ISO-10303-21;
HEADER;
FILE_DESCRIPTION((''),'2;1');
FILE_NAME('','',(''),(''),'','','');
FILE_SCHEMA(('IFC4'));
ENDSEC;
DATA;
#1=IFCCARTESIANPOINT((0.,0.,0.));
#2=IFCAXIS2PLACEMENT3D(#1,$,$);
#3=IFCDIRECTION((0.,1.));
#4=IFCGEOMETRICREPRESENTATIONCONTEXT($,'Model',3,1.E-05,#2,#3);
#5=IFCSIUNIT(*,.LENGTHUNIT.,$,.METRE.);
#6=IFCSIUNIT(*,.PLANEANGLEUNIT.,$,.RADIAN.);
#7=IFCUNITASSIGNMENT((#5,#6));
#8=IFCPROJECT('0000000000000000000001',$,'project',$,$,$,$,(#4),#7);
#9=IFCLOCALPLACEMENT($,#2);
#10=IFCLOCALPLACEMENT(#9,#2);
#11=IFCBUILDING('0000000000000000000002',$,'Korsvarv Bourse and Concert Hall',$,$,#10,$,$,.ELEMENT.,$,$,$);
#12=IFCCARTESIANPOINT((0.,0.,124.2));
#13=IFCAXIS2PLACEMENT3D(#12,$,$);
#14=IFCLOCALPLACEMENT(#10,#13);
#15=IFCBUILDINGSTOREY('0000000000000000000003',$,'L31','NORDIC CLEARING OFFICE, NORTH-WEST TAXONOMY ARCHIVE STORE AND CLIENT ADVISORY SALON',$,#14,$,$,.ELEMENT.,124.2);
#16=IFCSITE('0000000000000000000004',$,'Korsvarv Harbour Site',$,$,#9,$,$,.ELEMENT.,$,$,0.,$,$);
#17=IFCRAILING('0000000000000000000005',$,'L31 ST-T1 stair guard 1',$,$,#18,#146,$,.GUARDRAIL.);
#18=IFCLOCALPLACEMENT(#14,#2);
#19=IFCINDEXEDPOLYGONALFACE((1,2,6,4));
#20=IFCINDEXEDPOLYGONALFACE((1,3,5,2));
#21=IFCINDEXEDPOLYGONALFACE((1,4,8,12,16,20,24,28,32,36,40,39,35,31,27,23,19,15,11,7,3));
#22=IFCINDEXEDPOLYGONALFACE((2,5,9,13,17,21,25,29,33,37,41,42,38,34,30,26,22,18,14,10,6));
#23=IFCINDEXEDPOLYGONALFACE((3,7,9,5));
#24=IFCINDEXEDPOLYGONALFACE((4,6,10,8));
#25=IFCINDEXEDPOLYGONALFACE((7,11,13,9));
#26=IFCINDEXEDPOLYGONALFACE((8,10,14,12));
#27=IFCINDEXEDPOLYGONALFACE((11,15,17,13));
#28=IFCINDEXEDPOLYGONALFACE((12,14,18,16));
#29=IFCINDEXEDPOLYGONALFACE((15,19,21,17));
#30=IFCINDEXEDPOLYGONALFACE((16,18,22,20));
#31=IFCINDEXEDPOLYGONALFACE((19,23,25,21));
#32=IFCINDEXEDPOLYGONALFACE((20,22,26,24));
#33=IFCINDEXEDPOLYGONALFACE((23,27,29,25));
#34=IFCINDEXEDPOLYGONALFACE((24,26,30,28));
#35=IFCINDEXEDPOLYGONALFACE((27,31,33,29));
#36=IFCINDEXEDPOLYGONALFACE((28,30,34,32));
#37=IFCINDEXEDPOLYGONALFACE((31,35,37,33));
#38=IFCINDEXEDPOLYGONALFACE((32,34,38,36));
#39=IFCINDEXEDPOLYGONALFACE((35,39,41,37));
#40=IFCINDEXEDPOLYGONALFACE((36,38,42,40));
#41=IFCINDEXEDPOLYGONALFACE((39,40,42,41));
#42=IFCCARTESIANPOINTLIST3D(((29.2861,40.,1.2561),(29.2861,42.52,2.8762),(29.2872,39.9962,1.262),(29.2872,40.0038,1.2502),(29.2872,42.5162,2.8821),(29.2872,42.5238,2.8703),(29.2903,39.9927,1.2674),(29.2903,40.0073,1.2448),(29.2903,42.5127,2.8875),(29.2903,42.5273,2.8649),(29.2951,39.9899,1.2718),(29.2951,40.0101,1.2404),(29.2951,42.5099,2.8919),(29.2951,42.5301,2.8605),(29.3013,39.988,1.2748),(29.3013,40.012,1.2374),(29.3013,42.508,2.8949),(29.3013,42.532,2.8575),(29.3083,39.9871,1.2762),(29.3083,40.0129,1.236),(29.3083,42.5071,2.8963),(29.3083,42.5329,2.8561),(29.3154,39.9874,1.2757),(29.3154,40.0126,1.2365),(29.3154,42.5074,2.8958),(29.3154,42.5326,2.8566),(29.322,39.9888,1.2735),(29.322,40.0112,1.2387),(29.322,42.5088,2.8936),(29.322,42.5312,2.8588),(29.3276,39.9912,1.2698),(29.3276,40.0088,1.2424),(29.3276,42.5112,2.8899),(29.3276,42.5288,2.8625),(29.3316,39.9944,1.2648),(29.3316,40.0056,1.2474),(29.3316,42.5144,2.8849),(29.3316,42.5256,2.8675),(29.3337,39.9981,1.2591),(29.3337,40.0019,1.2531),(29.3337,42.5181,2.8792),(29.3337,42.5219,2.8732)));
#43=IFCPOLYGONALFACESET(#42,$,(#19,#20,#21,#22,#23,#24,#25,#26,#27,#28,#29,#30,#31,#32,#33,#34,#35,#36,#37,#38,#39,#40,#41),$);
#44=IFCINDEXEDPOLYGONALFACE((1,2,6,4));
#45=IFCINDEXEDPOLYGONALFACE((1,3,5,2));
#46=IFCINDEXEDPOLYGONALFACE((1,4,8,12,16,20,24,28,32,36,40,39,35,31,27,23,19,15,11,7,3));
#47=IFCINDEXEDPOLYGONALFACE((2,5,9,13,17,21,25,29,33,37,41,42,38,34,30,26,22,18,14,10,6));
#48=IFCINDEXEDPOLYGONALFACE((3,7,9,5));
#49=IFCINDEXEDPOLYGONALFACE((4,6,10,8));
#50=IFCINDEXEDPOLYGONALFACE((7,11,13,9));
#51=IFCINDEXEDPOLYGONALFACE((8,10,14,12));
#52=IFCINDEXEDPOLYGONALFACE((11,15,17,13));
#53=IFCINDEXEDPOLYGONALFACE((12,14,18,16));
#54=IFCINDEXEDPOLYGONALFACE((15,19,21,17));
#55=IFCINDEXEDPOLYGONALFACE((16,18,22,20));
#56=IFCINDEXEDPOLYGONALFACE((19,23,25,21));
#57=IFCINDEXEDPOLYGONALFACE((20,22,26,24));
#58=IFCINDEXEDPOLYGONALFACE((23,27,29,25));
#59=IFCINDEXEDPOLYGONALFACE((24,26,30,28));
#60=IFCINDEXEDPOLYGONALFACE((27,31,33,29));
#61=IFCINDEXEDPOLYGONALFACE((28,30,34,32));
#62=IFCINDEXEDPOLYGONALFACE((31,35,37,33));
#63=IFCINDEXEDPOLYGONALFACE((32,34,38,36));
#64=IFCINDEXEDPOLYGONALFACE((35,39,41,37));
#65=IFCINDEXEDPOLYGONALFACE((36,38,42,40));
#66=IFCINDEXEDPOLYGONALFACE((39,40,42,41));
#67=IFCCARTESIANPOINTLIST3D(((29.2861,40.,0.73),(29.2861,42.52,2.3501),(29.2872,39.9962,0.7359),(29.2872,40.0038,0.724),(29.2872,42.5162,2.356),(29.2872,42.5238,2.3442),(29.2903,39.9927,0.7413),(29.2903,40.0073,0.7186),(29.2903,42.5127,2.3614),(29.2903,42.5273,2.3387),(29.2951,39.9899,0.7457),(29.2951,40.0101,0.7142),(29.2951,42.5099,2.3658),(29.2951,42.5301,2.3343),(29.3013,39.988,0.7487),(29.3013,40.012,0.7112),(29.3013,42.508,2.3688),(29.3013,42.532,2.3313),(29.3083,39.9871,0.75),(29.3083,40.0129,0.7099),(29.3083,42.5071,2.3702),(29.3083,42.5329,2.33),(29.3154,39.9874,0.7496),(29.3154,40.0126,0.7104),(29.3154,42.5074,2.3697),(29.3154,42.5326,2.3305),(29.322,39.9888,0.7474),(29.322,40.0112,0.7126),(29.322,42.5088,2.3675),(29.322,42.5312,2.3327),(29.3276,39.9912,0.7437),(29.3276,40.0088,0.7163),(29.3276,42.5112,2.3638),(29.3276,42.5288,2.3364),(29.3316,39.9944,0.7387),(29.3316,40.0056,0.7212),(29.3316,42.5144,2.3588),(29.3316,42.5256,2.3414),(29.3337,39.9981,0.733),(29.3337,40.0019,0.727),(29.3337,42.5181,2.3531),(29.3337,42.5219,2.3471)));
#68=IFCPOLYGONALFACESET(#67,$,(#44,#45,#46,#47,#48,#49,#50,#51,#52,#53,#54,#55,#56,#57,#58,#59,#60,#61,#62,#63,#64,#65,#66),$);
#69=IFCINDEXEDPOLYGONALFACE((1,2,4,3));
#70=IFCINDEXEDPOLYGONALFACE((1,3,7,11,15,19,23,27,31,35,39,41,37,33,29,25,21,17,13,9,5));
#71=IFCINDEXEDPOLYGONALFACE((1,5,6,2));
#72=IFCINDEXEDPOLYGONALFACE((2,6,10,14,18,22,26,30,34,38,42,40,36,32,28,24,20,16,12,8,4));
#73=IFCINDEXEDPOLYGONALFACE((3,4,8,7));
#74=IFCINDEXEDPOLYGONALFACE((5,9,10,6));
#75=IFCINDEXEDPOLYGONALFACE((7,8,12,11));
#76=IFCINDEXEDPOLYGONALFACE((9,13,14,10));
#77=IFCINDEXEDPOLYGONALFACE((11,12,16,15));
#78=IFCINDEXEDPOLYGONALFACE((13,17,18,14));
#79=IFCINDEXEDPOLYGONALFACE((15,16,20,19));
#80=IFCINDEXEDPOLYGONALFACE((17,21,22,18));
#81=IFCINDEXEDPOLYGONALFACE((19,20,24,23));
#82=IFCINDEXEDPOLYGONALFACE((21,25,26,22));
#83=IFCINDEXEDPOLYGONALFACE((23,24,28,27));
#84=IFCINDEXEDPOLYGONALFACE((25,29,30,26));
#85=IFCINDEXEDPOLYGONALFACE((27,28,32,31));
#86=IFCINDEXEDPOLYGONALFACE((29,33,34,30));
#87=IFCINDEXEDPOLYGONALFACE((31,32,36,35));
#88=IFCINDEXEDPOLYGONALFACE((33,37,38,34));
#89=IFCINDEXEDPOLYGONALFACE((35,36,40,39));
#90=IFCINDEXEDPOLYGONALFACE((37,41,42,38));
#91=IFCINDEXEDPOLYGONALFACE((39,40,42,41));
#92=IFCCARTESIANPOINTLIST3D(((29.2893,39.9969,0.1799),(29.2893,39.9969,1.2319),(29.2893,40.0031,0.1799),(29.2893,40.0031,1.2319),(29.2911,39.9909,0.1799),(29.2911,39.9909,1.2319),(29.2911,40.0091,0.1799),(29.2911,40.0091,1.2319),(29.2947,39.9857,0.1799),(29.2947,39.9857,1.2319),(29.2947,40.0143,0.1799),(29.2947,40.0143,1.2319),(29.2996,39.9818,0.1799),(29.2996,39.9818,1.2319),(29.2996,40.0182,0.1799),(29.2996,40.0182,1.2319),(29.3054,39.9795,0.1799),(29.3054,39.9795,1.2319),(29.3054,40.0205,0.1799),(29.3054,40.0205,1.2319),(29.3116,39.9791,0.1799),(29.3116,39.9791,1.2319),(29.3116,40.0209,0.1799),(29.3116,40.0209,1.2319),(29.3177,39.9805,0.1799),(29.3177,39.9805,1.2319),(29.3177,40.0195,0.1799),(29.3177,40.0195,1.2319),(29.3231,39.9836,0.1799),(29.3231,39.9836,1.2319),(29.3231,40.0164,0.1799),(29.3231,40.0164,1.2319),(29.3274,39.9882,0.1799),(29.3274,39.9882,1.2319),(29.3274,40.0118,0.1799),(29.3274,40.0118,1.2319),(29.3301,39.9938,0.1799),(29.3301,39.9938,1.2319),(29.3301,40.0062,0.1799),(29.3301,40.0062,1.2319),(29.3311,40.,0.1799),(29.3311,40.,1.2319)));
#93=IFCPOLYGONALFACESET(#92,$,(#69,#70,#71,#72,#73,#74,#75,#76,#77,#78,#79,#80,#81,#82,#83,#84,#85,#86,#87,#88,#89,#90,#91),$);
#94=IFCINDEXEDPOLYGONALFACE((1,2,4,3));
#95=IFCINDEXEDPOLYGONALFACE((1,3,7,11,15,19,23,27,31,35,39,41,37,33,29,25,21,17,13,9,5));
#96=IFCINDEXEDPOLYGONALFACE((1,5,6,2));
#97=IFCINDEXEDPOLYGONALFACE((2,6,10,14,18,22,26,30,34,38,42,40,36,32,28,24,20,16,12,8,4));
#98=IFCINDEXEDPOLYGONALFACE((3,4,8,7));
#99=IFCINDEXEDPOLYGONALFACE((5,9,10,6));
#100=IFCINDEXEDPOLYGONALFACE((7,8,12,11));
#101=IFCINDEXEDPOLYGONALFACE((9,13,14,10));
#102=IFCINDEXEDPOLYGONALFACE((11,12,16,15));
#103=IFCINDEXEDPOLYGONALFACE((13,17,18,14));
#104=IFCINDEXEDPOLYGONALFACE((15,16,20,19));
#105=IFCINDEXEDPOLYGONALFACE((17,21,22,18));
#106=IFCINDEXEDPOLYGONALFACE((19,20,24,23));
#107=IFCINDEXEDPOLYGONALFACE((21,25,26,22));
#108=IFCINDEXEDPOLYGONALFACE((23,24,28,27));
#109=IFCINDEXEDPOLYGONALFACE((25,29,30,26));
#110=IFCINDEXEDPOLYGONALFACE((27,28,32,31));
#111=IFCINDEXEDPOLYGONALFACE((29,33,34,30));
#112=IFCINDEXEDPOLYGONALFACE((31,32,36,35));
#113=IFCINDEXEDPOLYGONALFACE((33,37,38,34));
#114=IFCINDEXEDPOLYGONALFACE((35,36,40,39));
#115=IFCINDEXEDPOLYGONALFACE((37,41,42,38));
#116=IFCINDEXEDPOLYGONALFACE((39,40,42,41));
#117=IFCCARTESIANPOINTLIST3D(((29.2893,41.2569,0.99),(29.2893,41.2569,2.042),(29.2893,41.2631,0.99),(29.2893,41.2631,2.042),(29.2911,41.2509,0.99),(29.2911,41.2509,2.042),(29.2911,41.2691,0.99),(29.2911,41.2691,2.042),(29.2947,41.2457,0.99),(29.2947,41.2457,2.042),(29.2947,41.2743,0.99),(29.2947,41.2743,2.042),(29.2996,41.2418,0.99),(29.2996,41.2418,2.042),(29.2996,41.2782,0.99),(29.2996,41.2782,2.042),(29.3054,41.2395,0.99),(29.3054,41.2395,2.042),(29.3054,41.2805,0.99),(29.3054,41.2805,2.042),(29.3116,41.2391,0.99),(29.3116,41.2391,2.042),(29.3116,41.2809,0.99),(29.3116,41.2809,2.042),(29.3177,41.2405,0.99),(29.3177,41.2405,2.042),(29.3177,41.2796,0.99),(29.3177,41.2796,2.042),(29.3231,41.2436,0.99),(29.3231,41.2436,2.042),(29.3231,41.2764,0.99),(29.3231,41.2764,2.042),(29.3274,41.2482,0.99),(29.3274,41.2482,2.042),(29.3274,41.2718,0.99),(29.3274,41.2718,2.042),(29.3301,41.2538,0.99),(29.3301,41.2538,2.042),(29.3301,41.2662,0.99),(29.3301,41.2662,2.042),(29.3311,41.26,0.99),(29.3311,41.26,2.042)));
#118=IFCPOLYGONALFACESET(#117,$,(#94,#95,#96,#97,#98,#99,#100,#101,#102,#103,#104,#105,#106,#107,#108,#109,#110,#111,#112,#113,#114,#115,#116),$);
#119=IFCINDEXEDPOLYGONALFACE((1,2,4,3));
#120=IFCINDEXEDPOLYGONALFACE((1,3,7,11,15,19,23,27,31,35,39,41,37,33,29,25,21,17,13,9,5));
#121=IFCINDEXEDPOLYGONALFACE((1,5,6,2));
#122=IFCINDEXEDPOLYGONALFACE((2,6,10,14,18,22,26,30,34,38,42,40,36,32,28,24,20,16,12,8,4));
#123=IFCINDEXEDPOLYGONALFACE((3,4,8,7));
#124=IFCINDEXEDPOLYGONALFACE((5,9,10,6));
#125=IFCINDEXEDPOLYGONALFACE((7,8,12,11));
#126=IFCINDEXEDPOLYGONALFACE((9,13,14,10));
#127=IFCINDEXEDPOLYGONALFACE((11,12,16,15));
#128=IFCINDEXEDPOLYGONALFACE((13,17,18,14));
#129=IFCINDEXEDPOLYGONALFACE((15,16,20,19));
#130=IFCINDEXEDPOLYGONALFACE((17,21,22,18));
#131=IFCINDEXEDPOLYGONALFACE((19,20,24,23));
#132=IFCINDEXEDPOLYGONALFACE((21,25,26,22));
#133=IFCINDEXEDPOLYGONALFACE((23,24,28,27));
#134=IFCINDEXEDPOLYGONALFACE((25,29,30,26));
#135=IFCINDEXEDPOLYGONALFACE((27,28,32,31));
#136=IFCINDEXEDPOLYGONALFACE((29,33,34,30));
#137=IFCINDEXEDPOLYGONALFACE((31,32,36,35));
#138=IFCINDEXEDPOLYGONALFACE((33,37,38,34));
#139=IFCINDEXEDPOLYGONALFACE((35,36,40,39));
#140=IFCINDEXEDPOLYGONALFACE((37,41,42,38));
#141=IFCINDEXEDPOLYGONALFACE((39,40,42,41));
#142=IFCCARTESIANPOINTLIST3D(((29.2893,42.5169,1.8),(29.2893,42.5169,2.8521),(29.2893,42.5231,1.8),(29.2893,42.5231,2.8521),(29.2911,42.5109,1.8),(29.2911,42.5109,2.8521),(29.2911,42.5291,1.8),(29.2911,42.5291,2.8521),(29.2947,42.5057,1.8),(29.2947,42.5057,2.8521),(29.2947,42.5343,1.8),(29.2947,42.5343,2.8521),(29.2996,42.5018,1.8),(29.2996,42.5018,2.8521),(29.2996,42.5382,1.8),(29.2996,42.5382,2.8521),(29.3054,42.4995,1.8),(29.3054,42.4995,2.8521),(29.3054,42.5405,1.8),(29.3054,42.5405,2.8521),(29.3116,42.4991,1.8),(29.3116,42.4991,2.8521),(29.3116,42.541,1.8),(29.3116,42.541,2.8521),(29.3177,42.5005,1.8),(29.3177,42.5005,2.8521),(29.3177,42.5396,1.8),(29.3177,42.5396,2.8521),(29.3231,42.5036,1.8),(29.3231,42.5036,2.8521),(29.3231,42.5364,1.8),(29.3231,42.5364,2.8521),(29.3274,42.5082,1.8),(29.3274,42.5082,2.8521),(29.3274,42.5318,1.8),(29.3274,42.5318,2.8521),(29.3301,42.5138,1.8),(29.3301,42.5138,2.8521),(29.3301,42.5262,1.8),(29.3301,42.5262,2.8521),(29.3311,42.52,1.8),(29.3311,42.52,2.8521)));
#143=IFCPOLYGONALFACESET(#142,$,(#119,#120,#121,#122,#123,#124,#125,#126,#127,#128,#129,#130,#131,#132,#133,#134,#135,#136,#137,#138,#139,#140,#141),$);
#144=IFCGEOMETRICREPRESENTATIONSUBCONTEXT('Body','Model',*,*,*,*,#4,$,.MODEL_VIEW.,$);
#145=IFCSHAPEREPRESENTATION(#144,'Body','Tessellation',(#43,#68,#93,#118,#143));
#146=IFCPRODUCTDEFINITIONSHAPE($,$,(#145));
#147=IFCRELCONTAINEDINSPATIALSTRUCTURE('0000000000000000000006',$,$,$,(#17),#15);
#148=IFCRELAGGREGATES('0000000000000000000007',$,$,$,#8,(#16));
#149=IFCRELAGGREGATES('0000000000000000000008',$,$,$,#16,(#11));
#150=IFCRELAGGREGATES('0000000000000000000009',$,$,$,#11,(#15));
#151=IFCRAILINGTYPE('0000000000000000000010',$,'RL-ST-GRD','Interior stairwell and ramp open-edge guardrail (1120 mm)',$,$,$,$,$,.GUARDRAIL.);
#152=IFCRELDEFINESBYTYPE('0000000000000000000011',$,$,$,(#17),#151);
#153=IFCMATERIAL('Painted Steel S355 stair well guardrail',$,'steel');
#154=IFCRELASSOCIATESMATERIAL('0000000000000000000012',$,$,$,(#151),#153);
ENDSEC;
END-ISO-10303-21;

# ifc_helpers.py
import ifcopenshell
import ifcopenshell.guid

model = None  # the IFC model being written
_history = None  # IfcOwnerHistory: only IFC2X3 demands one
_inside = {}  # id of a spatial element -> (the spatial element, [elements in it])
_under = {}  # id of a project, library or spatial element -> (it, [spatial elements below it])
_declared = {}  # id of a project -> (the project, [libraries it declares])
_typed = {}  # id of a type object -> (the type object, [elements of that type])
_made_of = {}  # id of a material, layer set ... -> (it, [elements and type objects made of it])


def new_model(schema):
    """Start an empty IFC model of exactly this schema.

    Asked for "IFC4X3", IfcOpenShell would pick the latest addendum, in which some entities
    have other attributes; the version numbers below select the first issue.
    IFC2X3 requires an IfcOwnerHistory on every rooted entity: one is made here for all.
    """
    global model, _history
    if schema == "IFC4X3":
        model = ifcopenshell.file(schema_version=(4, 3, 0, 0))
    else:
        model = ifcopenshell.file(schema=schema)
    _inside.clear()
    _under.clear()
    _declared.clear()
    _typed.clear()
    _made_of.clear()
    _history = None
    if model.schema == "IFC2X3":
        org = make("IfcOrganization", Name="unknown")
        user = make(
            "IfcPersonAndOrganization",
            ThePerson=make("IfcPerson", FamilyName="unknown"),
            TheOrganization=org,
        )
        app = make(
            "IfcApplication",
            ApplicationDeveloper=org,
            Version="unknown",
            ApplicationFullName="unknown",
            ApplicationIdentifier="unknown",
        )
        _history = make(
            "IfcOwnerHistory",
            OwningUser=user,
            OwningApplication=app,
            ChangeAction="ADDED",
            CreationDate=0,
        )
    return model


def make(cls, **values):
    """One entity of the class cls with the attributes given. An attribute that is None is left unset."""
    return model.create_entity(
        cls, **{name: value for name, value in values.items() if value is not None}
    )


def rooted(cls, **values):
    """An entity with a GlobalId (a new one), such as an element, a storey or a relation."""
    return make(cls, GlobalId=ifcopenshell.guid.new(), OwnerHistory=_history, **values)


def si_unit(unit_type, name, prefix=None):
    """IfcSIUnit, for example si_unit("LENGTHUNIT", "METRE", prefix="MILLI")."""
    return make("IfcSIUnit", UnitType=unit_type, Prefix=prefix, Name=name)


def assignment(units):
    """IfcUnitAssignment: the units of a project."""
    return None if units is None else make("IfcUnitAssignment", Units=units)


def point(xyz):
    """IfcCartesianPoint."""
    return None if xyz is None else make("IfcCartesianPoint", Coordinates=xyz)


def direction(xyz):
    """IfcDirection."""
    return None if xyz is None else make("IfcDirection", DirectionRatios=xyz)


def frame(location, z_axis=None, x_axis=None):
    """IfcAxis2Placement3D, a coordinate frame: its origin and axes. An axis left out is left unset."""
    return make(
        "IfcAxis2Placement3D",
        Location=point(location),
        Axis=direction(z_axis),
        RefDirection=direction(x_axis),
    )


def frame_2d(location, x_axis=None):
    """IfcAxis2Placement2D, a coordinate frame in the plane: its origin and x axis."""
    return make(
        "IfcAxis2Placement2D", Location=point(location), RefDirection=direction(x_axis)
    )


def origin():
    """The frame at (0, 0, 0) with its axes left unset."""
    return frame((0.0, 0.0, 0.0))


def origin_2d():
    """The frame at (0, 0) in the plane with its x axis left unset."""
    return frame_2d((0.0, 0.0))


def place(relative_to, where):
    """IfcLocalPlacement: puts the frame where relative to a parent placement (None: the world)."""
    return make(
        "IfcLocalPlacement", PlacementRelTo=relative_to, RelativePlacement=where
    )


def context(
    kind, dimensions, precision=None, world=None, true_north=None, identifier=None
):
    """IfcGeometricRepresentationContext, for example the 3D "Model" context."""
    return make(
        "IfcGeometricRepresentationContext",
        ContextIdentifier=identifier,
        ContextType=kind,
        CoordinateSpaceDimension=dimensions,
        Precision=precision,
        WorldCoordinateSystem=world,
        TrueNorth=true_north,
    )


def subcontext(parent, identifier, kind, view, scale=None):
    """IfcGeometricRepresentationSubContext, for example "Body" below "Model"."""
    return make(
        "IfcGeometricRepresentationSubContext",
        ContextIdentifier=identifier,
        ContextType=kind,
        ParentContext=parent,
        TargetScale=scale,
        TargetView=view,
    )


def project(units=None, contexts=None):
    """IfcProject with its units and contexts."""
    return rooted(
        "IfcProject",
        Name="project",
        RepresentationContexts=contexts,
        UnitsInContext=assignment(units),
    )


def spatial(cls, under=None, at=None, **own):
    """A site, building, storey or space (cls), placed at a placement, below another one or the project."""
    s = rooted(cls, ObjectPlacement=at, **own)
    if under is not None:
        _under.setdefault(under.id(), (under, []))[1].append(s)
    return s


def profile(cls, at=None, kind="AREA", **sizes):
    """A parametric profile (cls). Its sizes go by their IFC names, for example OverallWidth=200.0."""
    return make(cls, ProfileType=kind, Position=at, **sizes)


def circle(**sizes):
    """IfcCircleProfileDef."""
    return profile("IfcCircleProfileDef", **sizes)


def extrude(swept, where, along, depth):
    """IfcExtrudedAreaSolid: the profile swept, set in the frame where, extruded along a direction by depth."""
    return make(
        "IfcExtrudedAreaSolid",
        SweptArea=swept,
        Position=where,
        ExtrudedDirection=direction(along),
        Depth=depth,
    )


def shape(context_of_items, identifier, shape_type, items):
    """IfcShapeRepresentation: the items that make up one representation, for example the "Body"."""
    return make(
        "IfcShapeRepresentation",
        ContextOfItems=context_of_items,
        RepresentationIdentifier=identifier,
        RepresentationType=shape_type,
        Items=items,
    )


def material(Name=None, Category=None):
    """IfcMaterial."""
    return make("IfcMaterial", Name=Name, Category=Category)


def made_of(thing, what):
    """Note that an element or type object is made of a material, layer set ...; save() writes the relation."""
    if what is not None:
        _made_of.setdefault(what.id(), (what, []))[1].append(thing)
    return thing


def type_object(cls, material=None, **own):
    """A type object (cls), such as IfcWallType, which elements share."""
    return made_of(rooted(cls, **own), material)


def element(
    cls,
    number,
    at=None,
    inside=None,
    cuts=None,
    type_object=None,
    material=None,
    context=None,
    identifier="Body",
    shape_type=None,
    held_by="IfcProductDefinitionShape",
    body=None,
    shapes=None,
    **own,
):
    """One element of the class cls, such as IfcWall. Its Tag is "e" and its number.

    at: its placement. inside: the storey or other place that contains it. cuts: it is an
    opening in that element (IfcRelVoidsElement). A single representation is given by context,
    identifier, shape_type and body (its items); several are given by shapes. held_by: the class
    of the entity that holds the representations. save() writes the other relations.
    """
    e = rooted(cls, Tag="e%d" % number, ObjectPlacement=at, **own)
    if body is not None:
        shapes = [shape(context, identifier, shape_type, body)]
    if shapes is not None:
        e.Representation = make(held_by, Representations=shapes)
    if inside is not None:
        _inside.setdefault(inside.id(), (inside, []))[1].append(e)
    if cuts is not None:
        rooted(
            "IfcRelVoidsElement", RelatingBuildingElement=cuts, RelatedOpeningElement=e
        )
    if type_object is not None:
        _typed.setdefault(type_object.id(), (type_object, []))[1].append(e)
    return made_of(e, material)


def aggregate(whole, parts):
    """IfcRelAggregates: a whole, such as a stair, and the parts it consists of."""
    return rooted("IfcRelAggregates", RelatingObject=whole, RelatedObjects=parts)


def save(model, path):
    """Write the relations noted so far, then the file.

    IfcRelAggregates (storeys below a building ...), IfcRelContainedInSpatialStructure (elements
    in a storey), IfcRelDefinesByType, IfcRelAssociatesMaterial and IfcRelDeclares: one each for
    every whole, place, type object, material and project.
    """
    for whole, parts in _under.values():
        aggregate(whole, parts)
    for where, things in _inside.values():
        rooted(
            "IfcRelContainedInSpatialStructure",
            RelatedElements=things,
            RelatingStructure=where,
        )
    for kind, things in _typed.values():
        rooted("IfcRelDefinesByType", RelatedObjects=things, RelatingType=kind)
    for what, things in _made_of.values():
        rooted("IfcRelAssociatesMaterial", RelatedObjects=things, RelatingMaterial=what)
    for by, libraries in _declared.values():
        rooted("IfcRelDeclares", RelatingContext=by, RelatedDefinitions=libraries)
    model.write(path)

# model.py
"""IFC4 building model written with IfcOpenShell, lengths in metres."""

from ifc_helpers import new_model, si_unit, direction, frame, origin, origin_2d, place, context, subcontext, project, spatial, circle, extrude, material, type_object, element, save


model = new_model("IFC4")

# Units and contexts
model_context = context("Model", 3, precision=1e-05, world=origin(), true_north=direction((0.0, 1.0)))
body_context = subcontext(model_context, "Body", "Model", "MODEL_VIEW")
ifc_project = project(units=[si_unit("LENGTHUNIT", "METRE"), si_unit("PLANEANGLEUNIT", "RADIAN")], contexts=[model_context])

# Site, building, storey
site_placement = place(None, origin())
site = spatial("IfcSite", under=ifc_project, at=site_placement, Name="Korsvarv Harbour Site", CompositionType="ELEMENT", RefElevation=0.0)
building_placement = place(site_placement, origin())
building = spatial("IfcBuilding", under=site, at=building_placement, Name="Korsvarv Bourse and Concert Hall", CompositionType="ELEMENT")
storey_placement = place(building_placement, frame((0.0, 0.0, 124.2)))
storey = spatial("IfcBuildingStorey", under=building, at=storey_placement, Name="L31", Description="NORDIC CLEARING OFFICE, NORTH-WEST TAXONOMY ARCHIVE STORE AND CLIENT ADVISORY SALON", CompositionType="ELEMENT", Elevation=124.2)

# Railing
ifc_material_1 = material(Name="Painted Steel S355 stair well guardrail", Category="steel")
railing_type_1 = type_object("IfcRailingType", Name="RL-ST-GRD", Description="Interior stairwell and ramp open-edge guardrail (1120 mm)", PredefinedType="GUARDRAIL", material=ifc_material_1)
railing_1_placement = place(storey_placement, frame((29.3101, 40.0, 0.1799)))
element("IfcRailing", 1, at=railing_1_placement, inside=storey, type_object=railing_type_1, Name="L31 ST-T1 stair guard 1", PredefinedType="GUARDRAIL", context=body_context, shape_type="SweptSolid", body=[
    extrude(circle(Radius=0.0239, at=origin_2d()), frame((0.0, 0.0, 1.0762), z_axis=(0.0, 0.841163, 0.540782), x_axis=(-1.0, 0.0, 0.0)), (0.0, 0.0, 1.0), 2.9958),
    extrude(circle(Radius=0.0239, at=origin_2d()), frame((0.0, 0.0, 0.55), z_axis=(0.0, 0.841163, 0.540782), x_axis=(-1.0, 0.0, 0.0)), (0.0, 0.0, 1.0), 2.9958),
    extrude(circle(Radius=0.021, at=origin_2d()), origin(), (0.0, 0.0, 1.0), 1.052),
    extrude(circle(Radius=0.021, at=origin_2d()), frame((0.0, 1.26, 0.8101)), (0.0, 0.0, 1.0), 1.052),
    extrude(circle(Radius=0.021, at=origin_2d()), frame((0.0, 2.52, 1.6201)), (0.0, 0.0, 1.0), 1.052),
])

save(model, "model.ifc")
